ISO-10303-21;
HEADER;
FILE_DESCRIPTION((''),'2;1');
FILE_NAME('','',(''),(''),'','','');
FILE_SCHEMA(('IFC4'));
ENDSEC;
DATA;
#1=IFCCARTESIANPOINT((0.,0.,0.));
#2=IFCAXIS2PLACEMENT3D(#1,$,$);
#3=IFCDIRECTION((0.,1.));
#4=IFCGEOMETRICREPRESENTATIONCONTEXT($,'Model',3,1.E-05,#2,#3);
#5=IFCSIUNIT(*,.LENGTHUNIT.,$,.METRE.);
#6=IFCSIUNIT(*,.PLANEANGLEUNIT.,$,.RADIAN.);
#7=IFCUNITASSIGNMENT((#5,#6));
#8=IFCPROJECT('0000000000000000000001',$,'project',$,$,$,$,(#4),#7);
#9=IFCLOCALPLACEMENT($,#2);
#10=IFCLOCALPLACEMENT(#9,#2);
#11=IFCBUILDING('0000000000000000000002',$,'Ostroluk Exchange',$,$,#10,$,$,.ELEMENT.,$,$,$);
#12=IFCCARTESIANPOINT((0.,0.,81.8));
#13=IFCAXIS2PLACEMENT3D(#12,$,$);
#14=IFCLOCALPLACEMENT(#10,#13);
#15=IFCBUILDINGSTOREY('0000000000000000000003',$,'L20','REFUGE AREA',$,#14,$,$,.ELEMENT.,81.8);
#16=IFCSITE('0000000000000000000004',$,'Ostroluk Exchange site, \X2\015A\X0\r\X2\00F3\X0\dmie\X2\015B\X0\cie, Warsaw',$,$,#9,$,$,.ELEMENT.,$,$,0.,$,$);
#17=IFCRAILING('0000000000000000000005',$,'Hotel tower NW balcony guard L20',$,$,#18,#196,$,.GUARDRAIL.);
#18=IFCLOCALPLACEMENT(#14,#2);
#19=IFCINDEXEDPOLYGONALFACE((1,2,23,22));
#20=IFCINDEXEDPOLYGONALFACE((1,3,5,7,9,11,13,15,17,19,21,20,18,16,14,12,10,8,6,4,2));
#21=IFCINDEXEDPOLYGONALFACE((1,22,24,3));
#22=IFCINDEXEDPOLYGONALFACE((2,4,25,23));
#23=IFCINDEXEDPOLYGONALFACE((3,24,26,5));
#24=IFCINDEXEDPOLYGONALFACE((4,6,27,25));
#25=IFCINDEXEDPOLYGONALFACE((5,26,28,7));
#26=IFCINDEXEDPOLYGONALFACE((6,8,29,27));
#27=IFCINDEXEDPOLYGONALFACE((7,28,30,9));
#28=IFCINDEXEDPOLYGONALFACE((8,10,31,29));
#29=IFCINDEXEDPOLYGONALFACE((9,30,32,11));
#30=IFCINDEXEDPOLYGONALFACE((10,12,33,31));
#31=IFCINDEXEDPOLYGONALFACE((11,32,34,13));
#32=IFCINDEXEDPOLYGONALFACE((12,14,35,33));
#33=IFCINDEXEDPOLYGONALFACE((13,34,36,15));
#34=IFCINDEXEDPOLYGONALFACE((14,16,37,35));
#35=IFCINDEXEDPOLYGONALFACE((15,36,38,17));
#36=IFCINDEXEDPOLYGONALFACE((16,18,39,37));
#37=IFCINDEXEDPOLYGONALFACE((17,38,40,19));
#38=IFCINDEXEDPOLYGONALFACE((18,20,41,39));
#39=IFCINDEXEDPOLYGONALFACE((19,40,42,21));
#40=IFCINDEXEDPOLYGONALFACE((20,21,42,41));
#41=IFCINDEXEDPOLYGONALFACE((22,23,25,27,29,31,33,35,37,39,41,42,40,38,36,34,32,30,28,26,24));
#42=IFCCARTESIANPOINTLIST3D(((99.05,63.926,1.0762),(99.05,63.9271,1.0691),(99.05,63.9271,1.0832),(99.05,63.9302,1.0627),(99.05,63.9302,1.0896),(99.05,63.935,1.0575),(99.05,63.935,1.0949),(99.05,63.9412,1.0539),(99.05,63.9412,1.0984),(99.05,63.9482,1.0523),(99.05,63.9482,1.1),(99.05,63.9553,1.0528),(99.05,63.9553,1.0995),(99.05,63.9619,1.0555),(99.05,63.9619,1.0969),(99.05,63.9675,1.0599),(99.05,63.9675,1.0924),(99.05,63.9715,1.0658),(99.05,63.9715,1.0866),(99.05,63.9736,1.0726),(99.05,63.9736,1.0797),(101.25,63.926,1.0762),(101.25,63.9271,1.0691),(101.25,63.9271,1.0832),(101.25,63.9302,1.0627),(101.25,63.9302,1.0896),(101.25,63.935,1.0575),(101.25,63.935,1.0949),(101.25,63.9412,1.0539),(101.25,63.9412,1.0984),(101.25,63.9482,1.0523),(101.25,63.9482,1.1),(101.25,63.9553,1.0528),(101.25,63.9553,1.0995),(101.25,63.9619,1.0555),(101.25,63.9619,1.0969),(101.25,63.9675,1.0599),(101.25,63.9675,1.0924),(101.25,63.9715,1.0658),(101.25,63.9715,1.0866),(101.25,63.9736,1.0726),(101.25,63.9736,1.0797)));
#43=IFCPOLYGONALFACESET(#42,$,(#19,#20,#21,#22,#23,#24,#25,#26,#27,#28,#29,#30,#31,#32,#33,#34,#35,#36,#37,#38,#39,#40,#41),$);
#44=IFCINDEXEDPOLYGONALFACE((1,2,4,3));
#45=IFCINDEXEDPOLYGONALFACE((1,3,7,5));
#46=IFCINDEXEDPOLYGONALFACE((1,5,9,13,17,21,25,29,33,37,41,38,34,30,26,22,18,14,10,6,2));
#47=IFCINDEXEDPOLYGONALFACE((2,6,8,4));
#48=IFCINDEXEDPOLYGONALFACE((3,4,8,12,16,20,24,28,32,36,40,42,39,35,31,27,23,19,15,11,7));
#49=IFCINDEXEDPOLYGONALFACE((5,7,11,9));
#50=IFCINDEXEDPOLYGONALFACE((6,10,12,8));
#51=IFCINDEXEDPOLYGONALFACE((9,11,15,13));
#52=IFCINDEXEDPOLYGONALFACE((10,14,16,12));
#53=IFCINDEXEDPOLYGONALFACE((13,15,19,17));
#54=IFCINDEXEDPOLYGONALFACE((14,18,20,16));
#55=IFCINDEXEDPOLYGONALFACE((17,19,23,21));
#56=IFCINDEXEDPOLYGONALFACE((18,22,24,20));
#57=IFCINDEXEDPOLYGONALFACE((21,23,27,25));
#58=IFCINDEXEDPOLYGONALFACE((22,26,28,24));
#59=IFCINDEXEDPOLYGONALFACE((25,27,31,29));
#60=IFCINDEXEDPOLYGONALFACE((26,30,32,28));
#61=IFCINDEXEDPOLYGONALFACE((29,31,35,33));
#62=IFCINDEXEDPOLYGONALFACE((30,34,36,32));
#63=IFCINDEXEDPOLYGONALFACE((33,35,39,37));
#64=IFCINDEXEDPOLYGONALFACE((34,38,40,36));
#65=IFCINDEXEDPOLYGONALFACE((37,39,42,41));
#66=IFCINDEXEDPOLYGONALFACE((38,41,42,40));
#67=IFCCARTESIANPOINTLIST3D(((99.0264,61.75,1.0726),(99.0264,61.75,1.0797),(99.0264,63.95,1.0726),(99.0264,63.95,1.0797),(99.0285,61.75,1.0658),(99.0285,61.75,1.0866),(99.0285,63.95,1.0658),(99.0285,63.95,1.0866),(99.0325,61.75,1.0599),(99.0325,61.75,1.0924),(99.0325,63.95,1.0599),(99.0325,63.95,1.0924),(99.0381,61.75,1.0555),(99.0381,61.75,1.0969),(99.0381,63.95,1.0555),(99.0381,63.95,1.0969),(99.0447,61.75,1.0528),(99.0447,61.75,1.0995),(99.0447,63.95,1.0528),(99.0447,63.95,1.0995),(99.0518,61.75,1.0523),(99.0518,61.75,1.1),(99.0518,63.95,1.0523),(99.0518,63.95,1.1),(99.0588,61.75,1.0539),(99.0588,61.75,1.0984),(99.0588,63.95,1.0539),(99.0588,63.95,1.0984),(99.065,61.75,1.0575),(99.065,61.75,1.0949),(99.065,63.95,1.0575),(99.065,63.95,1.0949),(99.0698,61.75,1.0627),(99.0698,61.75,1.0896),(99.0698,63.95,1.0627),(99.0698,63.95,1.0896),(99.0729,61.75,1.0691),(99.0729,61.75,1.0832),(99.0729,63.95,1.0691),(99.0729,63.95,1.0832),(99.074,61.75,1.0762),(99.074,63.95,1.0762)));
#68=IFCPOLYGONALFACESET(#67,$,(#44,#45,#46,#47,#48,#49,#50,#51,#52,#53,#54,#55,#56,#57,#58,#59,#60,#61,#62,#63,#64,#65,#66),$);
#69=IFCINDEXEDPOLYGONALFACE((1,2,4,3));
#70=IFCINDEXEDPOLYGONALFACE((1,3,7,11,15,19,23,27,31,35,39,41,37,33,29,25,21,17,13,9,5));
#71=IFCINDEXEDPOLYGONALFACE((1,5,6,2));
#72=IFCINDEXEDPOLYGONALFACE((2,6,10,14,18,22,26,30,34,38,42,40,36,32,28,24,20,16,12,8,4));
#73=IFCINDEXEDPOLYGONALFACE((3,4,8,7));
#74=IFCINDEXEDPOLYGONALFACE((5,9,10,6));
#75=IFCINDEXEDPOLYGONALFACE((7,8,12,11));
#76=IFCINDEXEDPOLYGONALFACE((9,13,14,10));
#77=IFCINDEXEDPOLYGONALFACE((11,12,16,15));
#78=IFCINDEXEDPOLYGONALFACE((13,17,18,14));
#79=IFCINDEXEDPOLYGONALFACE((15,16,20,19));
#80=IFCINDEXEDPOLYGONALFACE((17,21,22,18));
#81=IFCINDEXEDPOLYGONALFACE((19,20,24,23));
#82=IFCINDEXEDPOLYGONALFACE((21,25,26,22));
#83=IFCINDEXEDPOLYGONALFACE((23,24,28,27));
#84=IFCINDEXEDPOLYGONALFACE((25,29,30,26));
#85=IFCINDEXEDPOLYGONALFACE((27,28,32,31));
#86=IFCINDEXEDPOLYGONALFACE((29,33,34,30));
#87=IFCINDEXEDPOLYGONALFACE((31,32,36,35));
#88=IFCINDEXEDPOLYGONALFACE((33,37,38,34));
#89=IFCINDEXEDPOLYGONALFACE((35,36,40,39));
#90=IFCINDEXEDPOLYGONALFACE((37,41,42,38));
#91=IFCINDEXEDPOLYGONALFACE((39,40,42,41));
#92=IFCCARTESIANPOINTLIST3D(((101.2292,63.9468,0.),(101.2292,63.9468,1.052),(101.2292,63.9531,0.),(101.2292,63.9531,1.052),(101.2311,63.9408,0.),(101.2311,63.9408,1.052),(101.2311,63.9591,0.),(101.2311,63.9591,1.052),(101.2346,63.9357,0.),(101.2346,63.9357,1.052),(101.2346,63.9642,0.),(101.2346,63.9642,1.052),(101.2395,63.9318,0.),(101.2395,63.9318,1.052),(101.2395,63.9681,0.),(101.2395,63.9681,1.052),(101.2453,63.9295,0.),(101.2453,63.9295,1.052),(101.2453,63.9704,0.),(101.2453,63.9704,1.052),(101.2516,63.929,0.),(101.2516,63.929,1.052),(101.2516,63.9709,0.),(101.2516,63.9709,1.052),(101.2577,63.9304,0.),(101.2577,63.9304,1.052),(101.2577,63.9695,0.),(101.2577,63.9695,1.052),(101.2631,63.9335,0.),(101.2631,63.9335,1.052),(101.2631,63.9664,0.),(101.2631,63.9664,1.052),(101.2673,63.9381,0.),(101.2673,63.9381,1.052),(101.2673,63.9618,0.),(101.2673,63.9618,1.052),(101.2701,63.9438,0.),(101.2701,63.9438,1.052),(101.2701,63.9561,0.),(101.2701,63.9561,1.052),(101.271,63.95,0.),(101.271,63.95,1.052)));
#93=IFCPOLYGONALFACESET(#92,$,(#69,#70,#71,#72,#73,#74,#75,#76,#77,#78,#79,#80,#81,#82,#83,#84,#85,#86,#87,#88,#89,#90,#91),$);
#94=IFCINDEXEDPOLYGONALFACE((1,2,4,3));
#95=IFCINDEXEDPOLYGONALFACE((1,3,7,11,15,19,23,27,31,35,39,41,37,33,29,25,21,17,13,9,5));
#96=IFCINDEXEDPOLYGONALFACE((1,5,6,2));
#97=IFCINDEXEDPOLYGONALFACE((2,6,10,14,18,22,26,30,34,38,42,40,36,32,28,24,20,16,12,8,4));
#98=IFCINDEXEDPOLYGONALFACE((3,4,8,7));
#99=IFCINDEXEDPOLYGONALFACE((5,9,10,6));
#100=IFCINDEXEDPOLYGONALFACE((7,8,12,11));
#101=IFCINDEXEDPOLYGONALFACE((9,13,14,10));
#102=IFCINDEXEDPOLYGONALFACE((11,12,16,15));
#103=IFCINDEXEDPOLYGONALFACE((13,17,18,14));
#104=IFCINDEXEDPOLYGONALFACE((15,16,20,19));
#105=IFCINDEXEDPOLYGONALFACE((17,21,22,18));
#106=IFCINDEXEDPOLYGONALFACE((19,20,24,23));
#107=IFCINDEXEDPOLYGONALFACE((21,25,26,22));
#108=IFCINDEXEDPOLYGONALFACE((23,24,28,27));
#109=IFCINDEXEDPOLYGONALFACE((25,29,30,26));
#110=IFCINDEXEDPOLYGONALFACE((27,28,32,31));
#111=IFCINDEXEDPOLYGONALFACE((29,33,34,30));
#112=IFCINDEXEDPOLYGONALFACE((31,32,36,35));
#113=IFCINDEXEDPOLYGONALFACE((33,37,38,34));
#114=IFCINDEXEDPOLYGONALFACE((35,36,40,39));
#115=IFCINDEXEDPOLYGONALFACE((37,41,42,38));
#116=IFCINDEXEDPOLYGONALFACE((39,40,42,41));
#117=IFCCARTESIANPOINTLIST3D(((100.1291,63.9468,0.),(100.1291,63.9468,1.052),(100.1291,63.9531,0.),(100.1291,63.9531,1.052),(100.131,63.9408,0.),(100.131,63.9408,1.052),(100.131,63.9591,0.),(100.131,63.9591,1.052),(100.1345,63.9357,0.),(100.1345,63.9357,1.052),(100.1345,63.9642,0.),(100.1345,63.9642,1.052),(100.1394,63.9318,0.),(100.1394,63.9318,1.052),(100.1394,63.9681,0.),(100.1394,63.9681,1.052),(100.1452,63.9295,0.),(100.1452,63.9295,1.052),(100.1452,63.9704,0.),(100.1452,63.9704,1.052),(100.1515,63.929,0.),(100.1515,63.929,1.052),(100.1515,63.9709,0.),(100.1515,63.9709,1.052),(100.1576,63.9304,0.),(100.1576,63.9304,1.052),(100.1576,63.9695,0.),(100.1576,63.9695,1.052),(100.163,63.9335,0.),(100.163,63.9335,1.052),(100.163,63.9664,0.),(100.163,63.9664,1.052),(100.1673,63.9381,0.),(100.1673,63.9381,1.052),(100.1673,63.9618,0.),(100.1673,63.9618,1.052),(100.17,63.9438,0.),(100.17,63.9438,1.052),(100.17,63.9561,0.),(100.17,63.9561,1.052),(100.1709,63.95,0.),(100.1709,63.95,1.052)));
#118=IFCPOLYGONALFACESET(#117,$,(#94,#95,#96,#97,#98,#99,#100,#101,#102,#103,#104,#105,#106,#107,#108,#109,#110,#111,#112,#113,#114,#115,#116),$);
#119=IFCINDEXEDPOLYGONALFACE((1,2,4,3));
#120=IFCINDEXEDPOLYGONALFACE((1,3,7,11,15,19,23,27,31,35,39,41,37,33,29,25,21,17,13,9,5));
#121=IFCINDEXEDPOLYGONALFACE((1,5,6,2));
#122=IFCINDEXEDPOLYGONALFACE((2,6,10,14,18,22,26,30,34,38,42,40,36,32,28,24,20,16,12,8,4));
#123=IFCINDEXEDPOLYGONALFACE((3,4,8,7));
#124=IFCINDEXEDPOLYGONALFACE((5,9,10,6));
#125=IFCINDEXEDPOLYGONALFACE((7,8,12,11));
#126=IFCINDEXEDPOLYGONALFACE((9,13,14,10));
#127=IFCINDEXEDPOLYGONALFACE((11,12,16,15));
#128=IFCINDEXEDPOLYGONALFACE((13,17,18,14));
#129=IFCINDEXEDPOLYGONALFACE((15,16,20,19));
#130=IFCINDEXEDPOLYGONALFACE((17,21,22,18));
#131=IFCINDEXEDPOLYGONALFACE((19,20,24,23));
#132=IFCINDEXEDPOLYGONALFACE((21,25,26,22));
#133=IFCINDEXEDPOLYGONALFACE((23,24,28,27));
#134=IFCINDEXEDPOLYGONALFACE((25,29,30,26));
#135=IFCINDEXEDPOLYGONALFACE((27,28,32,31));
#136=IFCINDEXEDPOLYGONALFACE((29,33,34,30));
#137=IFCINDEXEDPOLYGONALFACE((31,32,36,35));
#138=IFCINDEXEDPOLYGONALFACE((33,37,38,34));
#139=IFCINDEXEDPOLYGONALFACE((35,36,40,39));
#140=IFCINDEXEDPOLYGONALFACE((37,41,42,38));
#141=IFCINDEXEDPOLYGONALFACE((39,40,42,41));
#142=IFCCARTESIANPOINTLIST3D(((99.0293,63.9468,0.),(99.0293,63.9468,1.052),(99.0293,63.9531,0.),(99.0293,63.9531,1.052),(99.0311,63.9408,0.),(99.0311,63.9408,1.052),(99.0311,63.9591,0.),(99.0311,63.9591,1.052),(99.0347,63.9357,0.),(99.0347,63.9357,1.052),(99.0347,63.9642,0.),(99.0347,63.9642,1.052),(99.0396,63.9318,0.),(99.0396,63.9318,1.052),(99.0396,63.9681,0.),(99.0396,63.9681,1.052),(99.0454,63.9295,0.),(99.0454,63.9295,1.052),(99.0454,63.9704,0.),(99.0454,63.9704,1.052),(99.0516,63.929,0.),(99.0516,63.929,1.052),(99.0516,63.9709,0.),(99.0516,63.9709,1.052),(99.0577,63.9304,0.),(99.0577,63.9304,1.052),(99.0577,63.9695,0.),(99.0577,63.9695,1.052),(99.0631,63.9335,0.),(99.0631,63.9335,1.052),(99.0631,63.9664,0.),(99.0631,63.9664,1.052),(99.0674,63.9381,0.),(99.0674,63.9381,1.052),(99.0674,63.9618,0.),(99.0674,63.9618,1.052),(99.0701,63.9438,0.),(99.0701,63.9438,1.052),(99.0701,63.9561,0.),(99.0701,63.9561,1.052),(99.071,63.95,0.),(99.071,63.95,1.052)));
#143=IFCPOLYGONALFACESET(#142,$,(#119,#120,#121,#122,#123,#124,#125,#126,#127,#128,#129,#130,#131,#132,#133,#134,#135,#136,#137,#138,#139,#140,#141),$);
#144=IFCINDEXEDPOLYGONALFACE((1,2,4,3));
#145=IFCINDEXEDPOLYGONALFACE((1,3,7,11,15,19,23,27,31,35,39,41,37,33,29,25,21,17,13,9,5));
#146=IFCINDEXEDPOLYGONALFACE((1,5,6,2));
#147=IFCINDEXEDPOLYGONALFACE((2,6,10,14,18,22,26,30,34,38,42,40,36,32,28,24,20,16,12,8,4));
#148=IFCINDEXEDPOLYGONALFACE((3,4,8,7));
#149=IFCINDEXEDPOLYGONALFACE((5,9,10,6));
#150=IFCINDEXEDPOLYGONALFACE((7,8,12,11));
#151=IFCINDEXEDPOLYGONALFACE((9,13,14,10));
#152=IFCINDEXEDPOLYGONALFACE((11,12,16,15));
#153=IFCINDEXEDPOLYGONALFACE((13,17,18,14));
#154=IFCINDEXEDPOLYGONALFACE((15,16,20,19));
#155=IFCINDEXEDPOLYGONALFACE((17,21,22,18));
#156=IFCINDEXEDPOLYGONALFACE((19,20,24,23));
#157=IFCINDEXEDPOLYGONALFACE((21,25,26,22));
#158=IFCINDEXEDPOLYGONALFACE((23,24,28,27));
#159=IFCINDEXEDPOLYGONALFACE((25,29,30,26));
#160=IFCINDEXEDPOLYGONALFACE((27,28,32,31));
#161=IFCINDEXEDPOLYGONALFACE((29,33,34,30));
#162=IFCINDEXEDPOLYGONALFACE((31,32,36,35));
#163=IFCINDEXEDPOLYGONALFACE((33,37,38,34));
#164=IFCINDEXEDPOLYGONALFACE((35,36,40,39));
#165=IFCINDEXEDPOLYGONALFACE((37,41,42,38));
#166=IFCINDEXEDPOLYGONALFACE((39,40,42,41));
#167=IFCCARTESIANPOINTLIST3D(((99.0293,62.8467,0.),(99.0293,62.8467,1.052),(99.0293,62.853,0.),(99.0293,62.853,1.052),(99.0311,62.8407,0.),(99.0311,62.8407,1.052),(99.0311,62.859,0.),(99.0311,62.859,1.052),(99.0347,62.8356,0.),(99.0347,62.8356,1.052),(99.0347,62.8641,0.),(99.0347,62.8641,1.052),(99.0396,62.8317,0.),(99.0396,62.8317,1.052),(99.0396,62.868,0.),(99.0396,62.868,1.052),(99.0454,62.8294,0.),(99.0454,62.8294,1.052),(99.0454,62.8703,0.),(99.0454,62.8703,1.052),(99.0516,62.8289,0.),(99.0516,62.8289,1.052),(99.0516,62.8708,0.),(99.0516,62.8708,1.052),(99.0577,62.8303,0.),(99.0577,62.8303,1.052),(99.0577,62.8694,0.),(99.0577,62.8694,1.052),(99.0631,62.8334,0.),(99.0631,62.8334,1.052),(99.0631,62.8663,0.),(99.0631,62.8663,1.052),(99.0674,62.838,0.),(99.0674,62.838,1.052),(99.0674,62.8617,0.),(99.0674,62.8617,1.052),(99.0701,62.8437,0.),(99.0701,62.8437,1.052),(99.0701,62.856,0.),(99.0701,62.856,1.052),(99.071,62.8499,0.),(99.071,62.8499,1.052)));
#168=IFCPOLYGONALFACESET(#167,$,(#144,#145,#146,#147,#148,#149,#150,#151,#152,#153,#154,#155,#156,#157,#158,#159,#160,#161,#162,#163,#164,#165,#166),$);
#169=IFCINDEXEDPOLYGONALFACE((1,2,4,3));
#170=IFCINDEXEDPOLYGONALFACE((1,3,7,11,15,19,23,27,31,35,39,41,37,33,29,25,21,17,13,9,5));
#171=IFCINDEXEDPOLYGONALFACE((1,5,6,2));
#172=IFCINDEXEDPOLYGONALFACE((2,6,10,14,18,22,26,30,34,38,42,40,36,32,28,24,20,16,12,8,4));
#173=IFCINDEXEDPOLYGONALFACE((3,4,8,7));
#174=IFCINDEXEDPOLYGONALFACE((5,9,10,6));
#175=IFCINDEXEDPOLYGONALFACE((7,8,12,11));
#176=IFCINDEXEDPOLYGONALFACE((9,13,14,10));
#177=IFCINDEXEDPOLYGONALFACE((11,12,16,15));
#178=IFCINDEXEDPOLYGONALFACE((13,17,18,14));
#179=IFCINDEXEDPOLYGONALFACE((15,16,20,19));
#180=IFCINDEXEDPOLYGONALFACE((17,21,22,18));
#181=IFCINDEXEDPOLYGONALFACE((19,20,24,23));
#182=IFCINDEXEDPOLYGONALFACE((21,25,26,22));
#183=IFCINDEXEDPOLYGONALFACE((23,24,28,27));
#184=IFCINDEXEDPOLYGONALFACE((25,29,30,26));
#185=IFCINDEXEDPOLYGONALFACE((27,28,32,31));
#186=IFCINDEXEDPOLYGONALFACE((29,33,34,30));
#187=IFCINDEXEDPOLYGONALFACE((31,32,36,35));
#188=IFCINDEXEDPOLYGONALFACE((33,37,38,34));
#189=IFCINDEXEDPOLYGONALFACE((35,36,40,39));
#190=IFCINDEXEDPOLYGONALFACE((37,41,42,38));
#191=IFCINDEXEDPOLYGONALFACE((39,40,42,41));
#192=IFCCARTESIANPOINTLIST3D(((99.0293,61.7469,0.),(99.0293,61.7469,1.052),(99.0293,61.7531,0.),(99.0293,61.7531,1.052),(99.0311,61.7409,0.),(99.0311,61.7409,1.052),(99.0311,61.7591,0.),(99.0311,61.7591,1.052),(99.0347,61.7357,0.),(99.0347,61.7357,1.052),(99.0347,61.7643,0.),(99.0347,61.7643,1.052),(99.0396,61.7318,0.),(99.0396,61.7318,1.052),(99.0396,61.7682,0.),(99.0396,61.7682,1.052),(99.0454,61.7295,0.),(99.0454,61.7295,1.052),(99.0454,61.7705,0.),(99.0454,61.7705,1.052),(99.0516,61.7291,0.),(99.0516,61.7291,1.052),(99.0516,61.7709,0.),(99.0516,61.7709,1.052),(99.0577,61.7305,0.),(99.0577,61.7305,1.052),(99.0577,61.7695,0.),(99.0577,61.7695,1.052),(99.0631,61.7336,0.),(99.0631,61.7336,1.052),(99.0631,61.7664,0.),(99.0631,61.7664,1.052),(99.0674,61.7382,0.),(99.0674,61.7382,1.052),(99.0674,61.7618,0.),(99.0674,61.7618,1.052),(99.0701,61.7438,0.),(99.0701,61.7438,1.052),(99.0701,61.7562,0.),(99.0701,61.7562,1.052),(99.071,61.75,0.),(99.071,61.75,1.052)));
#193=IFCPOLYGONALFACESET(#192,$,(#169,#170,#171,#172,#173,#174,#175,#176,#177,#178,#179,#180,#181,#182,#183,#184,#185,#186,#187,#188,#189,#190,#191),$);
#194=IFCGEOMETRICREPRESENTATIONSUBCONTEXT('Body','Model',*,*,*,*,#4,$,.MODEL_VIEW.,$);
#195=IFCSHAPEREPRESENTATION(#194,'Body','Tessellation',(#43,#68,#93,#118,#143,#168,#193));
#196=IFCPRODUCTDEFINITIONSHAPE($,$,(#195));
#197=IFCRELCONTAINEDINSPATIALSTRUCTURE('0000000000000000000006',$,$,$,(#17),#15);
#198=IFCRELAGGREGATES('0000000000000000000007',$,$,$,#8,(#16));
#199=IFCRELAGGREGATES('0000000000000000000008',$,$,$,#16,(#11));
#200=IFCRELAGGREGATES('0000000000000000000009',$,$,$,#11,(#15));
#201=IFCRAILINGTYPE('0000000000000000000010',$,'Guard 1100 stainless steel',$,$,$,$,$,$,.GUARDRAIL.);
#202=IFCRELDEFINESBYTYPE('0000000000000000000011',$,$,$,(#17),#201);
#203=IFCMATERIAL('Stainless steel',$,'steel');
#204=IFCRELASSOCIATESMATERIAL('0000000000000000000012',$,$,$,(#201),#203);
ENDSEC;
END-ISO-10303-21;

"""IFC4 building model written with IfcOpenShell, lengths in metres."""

from ifc_helpers import new_model, si_unit, direction, frame, origin, origin_2d, place, context, subcontext, project, spatial, circle, extrude, material, type_object, element, save


model = new_model("IFC4")

# Units and contexts
model_context = context("Model", 3, precision=1e-05, world=origin(), true_north=direction((0.0, 1.0)))
body_context = subcontext(model_context, "Body", "Model", "MODEL_VIEW")
ifc_project = project(units=[si_unit("LENGTHUNIT", "METRE"), si_unit("PLANEANGLEUNIT", "RADIAN")], contexts=[model_context])

# Site, building, storey
site_placement = place(None, origin())
site = spatial("IfcSite", under=ifc_project, at=site_placement, Name="Ostroluk Exchange site, Śródmieście, Warsaw", CompositionType="ELEMENT", RefElevation=0.0)
building_placement = place(site_placement, origin())
building = spatial("IfcBuilding", under=site, at=building_placement, Name="Ostroluk Exchange", CompositionType="ELEMENT")
storey_placement = place(building_placement, frame((0.0, 0.0, 81.8)))
storey = spatial("IfcBuildingStorey", under=building, at=storey_placement, Name="L20", Description="REFUGE AREA", CompositionType="ELEMENT", Elevation=81.8)

# Railing
ifc_material_1 = material(Name="Stainless steel", Category="steel")
railing_type_1 = type_object("IfcRailingType", Name="Guard 1100 stainless steel", PredefinedType="GUARDRAIL", material=ifc_material_1)
railing_1_placement = place(storey_placement, frame((101.25, 63.95, 0.0)))
element("IfcRailing", 1, at=railing_1_placement, inside=storey, type_object=railing_type_1, Name="Hotel tower NW balcony guard L20", PredefinedType="GUARDRAIL", context=body_context, shape_type="SweptSolid", body=[
    extrude(circle(Radius=0.0239, at=origin_2d()), frame((0.0, 0.0, 1.0762), z_axis=(-1.0, 0.0, 0.0), x_axis=(0.0, -1.0, 0.0)), (0.0, 0.0, 1.0), 2.2),
    extrude(circle(Radius=0.0239, at=origin_2d()), frame((-2.2, 0.0, 1.0762), z_axis=(0.0, -1.0, 0.0), x_axis=(1.0, 0.0, 0.0)), (0.0, 0.0, 1.0), 2.2),
    extrude(circle(Radius=0.021, at=origin_2d()), origin(), (0.0, 0.0, 1.0), 1.052),
    extrude(circle(Radius=0.021, at=origin_2d()), frame((-1.1001, 0.0, 0.0)), (0.0, 0.0, 1.0), 1.052),
    extrude(circle(Radius=0.021, at=origin_2d()), frame((-2.2, 0.0, 0.0)), (0.0, 0.0, 1.0), 1.052),
    extrude(circle(Radius=0.021, at=origin_2d()), frame((-2.2, -1.1001, 0.0)), (0.0, 0.0, 1.0), 1.052),
    extrude(circle(Radius=0.021, at=origin_2d()), frame((-2.2, -2.2, 0.0)), (0.0, 0.0, 1.0), 1.052),
])

save(model, "model.ifc")
